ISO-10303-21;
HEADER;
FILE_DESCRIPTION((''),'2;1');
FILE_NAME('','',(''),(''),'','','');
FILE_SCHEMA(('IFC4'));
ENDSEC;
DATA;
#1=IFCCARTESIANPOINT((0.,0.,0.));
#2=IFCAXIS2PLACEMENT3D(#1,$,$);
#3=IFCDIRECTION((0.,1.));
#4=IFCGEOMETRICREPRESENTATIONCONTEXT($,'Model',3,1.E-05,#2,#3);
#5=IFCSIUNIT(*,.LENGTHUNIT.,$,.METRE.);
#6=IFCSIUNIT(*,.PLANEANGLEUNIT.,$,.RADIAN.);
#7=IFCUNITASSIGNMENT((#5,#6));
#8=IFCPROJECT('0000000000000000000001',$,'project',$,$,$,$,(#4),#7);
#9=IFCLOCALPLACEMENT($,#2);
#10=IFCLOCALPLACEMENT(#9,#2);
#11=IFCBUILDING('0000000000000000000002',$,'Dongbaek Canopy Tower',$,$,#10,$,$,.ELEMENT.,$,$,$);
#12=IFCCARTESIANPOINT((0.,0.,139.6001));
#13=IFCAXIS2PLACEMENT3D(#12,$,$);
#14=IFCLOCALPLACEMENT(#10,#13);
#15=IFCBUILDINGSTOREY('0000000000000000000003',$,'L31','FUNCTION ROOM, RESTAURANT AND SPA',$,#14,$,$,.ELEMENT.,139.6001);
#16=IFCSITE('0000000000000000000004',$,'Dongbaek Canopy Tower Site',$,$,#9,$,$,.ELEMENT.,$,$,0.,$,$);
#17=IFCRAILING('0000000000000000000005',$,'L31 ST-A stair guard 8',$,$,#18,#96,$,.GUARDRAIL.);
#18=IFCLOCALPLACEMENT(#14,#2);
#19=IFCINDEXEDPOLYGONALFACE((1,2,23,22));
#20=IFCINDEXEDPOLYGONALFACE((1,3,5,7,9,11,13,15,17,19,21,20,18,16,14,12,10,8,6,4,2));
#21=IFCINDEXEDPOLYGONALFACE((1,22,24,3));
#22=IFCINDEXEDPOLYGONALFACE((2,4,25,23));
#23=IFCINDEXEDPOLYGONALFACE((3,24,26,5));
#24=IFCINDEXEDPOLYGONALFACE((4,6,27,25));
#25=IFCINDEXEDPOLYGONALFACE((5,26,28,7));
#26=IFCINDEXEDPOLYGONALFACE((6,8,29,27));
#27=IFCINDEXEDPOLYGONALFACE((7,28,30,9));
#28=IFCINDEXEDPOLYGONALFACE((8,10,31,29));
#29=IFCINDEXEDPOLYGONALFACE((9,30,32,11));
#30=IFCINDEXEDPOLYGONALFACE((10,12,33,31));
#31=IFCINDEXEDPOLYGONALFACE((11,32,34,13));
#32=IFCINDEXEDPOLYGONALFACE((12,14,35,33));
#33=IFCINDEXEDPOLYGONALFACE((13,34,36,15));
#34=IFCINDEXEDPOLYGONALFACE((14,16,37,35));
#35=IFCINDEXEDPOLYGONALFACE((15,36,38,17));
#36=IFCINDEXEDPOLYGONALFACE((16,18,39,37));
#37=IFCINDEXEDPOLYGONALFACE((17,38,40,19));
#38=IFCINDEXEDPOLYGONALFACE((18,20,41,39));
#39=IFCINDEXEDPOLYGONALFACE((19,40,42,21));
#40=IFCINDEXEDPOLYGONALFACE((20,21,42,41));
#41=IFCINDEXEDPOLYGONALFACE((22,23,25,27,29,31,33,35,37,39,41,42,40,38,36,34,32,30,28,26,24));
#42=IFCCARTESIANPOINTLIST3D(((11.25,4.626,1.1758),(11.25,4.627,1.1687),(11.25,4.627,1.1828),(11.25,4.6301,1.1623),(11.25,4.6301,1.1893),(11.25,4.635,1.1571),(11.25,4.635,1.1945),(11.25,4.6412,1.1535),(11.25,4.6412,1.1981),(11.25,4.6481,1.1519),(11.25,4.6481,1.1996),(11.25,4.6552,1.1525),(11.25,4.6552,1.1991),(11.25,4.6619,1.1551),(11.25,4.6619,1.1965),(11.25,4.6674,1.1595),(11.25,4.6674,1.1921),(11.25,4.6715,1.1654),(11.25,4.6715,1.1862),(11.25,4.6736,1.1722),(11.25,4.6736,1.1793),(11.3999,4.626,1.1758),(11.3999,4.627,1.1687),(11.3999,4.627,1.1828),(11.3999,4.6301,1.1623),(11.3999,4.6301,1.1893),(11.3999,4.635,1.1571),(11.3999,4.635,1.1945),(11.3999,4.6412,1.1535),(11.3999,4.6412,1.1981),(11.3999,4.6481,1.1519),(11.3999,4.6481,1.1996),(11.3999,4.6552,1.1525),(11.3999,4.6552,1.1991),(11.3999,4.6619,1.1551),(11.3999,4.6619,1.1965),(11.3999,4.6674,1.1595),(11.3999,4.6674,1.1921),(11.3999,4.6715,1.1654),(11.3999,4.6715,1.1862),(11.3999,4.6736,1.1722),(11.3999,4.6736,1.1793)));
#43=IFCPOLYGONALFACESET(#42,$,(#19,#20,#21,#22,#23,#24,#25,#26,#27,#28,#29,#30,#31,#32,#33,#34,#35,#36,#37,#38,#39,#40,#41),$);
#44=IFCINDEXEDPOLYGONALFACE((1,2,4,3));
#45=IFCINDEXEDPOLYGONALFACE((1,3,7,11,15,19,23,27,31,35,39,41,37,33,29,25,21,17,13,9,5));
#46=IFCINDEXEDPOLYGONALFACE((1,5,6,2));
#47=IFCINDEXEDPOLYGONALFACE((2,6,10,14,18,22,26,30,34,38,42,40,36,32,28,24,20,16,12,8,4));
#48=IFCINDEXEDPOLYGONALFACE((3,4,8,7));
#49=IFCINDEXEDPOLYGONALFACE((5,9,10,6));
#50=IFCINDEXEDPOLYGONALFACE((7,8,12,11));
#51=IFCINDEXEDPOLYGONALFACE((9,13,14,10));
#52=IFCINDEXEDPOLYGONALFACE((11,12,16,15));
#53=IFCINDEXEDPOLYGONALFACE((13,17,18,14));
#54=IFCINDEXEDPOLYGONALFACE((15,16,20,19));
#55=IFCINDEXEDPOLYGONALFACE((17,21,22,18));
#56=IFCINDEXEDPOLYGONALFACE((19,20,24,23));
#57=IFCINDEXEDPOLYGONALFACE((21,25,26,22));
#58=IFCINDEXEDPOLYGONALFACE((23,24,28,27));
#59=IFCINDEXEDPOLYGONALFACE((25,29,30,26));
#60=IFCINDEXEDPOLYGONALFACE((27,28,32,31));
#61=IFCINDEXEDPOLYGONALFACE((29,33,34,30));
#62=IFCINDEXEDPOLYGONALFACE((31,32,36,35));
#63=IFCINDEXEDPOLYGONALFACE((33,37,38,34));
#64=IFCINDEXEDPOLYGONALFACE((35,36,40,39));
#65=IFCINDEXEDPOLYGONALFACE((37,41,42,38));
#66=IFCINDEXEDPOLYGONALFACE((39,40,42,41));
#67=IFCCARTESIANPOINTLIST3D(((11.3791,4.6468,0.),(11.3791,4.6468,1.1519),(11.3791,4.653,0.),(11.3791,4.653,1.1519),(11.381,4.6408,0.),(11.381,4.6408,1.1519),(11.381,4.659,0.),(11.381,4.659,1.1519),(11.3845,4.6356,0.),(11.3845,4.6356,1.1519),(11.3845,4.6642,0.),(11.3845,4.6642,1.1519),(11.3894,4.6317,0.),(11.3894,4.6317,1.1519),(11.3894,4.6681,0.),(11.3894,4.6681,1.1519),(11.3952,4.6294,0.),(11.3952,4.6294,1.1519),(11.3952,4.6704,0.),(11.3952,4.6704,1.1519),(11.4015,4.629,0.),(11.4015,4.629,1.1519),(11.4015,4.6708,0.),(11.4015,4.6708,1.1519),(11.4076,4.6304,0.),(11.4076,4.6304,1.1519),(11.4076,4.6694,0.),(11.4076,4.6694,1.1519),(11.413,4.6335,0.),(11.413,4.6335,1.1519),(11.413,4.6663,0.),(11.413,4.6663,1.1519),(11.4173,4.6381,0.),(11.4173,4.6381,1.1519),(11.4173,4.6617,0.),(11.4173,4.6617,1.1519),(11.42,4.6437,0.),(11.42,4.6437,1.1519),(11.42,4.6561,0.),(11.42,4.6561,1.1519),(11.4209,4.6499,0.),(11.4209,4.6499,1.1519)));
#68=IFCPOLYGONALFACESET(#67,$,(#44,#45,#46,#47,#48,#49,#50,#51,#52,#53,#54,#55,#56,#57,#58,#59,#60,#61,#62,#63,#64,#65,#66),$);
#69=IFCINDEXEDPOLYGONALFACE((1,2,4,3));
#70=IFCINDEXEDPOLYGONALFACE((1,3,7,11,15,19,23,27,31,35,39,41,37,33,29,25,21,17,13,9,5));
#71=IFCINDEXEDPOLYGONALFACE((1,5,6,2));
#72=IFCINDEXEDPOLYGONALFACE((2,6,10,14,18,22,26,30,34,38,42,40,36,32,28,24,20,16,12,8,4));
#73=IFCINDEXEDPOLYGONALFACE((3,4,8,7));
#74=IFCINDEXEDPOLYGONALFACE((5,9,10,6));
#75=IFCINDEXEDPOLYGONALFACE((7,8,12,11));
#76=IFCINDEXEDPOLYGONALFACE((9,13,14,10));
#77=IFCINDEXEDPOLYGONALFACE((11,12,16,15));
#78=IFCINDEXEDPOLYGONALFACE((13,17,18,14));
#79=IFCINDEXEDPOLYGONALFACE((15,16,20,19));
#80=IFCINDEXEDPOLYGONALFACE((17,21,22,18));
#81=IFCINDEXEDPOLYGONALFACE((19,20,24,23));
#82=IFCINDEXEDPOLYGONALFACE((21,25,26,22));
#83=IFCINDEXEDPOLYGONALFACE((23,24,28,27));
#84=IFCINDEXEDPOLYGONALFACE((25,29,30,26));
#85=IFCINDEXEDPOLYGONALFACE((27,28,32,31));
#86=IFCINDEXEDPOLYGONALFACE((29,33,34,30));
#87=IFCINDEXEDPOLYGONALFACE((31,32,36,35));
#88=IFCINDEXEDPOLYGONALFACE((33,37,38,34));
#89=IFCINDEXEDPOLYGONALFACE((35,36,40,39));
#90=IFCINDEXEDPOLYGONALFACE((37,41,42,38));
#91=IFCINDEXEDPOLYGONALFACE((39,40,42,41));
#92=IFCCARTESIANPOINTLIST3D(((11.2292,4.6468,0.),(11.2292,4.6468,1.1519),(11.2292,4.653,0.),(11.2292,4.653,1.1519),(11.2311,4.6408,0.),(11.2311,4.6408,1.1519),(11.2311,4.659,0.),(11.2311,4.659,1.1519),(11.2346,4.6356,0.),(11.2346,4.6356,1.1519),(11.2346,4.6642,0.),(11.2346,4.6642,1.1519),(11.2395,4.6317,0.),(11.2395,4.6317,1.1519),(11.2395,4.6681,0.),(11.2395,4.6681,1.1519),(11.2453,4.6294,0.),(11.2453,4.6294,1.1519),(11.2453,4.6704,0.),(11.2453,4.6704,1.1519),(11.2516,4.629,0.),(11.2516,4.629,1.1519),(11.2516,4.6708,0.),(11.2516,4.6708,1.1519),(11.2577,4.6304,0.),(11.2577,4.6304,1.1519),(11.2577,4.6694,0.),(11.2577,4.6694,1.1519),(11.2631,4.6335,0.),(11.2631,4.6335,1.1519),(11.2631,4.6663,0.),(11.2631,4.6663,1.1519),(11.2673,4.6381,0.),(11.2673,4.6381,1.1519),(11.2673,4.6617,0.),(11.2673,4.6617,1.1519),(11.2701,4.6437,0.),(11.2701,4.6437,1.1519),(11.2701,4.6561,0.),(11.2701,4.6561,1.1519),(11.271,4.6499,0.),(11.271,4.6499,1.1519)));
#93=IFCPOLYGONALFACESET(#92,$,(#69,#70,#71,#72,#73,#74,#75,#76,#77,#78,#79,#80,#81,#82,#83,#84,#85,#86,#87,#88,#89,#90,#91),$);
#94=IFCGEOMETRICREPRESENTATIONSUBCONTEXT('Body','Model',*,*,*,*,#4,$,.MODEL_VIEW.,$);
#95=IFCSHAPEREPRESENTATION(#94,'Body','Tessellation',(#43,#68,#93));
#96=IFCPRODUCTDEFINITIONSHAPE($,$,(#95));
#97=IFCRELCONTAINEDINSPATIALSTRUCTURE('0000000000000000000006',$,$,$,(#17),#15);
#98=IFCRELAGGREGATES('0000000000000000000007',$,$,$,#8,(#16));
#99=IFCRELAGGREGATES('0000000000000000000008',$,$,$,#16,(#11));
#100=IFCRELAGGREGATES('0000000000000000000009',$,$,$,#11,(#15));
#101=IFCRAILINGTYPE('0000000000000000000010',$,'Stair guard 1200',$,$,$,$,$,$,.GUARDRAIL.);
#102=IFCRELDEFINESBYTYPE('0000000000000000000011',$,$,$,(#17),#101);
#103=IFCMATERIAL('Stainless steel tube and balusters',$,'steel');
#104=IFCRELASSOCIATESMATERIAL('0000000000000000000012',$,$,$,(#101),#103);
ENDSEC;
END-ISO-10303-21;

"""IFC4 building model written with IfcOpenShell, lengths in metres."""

from ifc_helpers import new_model, si_unit, direction, frame, origin, origin_2d, place, context, subcontext, project, spatial, circle, extrude, material, type_object, element, save


model = new_model("IFC4")

# Units and contexts
model_context = context("Model", 3, precision=1e-05, world=origin(), true_north=direction((0.0, 1.0)))
body_context = subcontext(model_context, "Body", "Model", "MODEL_VIEW")
ifc_project = project(units=[si_unit("LENGTHUNIT", "METRE"), si_unit("PLANEANGLEUNIT", "RADIAN")], contexts=[model_context])

# Site, building, storey
site_placement = place(None, origin())
site = spatial("IfcSite", under=ifc_project, at=site_placement, Name="Dongbaek Canopy Tower Site", CompositionType="ELEMENT", RefElevation=0.0)
building_placement = place(site_placement, origin())
building = spatial("IfcBuilding", under=site, at=building_placement, Name="Dongbaek Canopy Tower", CompositionType="ELEMENT")
storey_placement = place(building_placement, frame((0.0, 0.0, 139.6001)))
storey = spatial("IfcBuildingStorey", under=building, at=storey_placement, Name="L31", Description="FUNCTION ROOM, RESTAURANT AND SPA", CompositionType="ELEMENT", Elevation=139.6001)

# Railing
ifc_material_1 = material(Name="Stainless steel tube and balusters", Category="steel")
railing_type_1 = type_object("IfcRailingType", Name="Stair guard 1200", PredefinedType="GUARDRAIL", material=ifc_material_1)
railing_1_placement = place(storey_placement, frame((11.3999, 4.6499, 0.0)))
element("IfcRailing", 1, at=railing_1_placement, inside=storey, type_object=railing_type_1, Name="L31 ST-A stair guard 8", PredefinedType="GUARDRAIL", context=body_context, shape_type="SweptSolid", body=[
    extrude(circle(Radius=0.0239, at=origin_2d()), frame((0.0, 0.0, 1.1758), z_axis=(-1.0, 0.0, 0.0), x_axis=(0.0, -1.0, 0.0)), (0.0, 0.0, 1.0), 0.1499),
    extrude(circle(Radius=0.021, at=origin_2d()), origin(), (0.0, 0.0, 1.0), 1.1519),
    extrude(circle(Radius=0.021, at=origin_2d()), frame((-0.1499, 0.0, 0.0)), (0.0, 0.0, 1.0), 1.1519),
])

save(model, "model.ifc")
